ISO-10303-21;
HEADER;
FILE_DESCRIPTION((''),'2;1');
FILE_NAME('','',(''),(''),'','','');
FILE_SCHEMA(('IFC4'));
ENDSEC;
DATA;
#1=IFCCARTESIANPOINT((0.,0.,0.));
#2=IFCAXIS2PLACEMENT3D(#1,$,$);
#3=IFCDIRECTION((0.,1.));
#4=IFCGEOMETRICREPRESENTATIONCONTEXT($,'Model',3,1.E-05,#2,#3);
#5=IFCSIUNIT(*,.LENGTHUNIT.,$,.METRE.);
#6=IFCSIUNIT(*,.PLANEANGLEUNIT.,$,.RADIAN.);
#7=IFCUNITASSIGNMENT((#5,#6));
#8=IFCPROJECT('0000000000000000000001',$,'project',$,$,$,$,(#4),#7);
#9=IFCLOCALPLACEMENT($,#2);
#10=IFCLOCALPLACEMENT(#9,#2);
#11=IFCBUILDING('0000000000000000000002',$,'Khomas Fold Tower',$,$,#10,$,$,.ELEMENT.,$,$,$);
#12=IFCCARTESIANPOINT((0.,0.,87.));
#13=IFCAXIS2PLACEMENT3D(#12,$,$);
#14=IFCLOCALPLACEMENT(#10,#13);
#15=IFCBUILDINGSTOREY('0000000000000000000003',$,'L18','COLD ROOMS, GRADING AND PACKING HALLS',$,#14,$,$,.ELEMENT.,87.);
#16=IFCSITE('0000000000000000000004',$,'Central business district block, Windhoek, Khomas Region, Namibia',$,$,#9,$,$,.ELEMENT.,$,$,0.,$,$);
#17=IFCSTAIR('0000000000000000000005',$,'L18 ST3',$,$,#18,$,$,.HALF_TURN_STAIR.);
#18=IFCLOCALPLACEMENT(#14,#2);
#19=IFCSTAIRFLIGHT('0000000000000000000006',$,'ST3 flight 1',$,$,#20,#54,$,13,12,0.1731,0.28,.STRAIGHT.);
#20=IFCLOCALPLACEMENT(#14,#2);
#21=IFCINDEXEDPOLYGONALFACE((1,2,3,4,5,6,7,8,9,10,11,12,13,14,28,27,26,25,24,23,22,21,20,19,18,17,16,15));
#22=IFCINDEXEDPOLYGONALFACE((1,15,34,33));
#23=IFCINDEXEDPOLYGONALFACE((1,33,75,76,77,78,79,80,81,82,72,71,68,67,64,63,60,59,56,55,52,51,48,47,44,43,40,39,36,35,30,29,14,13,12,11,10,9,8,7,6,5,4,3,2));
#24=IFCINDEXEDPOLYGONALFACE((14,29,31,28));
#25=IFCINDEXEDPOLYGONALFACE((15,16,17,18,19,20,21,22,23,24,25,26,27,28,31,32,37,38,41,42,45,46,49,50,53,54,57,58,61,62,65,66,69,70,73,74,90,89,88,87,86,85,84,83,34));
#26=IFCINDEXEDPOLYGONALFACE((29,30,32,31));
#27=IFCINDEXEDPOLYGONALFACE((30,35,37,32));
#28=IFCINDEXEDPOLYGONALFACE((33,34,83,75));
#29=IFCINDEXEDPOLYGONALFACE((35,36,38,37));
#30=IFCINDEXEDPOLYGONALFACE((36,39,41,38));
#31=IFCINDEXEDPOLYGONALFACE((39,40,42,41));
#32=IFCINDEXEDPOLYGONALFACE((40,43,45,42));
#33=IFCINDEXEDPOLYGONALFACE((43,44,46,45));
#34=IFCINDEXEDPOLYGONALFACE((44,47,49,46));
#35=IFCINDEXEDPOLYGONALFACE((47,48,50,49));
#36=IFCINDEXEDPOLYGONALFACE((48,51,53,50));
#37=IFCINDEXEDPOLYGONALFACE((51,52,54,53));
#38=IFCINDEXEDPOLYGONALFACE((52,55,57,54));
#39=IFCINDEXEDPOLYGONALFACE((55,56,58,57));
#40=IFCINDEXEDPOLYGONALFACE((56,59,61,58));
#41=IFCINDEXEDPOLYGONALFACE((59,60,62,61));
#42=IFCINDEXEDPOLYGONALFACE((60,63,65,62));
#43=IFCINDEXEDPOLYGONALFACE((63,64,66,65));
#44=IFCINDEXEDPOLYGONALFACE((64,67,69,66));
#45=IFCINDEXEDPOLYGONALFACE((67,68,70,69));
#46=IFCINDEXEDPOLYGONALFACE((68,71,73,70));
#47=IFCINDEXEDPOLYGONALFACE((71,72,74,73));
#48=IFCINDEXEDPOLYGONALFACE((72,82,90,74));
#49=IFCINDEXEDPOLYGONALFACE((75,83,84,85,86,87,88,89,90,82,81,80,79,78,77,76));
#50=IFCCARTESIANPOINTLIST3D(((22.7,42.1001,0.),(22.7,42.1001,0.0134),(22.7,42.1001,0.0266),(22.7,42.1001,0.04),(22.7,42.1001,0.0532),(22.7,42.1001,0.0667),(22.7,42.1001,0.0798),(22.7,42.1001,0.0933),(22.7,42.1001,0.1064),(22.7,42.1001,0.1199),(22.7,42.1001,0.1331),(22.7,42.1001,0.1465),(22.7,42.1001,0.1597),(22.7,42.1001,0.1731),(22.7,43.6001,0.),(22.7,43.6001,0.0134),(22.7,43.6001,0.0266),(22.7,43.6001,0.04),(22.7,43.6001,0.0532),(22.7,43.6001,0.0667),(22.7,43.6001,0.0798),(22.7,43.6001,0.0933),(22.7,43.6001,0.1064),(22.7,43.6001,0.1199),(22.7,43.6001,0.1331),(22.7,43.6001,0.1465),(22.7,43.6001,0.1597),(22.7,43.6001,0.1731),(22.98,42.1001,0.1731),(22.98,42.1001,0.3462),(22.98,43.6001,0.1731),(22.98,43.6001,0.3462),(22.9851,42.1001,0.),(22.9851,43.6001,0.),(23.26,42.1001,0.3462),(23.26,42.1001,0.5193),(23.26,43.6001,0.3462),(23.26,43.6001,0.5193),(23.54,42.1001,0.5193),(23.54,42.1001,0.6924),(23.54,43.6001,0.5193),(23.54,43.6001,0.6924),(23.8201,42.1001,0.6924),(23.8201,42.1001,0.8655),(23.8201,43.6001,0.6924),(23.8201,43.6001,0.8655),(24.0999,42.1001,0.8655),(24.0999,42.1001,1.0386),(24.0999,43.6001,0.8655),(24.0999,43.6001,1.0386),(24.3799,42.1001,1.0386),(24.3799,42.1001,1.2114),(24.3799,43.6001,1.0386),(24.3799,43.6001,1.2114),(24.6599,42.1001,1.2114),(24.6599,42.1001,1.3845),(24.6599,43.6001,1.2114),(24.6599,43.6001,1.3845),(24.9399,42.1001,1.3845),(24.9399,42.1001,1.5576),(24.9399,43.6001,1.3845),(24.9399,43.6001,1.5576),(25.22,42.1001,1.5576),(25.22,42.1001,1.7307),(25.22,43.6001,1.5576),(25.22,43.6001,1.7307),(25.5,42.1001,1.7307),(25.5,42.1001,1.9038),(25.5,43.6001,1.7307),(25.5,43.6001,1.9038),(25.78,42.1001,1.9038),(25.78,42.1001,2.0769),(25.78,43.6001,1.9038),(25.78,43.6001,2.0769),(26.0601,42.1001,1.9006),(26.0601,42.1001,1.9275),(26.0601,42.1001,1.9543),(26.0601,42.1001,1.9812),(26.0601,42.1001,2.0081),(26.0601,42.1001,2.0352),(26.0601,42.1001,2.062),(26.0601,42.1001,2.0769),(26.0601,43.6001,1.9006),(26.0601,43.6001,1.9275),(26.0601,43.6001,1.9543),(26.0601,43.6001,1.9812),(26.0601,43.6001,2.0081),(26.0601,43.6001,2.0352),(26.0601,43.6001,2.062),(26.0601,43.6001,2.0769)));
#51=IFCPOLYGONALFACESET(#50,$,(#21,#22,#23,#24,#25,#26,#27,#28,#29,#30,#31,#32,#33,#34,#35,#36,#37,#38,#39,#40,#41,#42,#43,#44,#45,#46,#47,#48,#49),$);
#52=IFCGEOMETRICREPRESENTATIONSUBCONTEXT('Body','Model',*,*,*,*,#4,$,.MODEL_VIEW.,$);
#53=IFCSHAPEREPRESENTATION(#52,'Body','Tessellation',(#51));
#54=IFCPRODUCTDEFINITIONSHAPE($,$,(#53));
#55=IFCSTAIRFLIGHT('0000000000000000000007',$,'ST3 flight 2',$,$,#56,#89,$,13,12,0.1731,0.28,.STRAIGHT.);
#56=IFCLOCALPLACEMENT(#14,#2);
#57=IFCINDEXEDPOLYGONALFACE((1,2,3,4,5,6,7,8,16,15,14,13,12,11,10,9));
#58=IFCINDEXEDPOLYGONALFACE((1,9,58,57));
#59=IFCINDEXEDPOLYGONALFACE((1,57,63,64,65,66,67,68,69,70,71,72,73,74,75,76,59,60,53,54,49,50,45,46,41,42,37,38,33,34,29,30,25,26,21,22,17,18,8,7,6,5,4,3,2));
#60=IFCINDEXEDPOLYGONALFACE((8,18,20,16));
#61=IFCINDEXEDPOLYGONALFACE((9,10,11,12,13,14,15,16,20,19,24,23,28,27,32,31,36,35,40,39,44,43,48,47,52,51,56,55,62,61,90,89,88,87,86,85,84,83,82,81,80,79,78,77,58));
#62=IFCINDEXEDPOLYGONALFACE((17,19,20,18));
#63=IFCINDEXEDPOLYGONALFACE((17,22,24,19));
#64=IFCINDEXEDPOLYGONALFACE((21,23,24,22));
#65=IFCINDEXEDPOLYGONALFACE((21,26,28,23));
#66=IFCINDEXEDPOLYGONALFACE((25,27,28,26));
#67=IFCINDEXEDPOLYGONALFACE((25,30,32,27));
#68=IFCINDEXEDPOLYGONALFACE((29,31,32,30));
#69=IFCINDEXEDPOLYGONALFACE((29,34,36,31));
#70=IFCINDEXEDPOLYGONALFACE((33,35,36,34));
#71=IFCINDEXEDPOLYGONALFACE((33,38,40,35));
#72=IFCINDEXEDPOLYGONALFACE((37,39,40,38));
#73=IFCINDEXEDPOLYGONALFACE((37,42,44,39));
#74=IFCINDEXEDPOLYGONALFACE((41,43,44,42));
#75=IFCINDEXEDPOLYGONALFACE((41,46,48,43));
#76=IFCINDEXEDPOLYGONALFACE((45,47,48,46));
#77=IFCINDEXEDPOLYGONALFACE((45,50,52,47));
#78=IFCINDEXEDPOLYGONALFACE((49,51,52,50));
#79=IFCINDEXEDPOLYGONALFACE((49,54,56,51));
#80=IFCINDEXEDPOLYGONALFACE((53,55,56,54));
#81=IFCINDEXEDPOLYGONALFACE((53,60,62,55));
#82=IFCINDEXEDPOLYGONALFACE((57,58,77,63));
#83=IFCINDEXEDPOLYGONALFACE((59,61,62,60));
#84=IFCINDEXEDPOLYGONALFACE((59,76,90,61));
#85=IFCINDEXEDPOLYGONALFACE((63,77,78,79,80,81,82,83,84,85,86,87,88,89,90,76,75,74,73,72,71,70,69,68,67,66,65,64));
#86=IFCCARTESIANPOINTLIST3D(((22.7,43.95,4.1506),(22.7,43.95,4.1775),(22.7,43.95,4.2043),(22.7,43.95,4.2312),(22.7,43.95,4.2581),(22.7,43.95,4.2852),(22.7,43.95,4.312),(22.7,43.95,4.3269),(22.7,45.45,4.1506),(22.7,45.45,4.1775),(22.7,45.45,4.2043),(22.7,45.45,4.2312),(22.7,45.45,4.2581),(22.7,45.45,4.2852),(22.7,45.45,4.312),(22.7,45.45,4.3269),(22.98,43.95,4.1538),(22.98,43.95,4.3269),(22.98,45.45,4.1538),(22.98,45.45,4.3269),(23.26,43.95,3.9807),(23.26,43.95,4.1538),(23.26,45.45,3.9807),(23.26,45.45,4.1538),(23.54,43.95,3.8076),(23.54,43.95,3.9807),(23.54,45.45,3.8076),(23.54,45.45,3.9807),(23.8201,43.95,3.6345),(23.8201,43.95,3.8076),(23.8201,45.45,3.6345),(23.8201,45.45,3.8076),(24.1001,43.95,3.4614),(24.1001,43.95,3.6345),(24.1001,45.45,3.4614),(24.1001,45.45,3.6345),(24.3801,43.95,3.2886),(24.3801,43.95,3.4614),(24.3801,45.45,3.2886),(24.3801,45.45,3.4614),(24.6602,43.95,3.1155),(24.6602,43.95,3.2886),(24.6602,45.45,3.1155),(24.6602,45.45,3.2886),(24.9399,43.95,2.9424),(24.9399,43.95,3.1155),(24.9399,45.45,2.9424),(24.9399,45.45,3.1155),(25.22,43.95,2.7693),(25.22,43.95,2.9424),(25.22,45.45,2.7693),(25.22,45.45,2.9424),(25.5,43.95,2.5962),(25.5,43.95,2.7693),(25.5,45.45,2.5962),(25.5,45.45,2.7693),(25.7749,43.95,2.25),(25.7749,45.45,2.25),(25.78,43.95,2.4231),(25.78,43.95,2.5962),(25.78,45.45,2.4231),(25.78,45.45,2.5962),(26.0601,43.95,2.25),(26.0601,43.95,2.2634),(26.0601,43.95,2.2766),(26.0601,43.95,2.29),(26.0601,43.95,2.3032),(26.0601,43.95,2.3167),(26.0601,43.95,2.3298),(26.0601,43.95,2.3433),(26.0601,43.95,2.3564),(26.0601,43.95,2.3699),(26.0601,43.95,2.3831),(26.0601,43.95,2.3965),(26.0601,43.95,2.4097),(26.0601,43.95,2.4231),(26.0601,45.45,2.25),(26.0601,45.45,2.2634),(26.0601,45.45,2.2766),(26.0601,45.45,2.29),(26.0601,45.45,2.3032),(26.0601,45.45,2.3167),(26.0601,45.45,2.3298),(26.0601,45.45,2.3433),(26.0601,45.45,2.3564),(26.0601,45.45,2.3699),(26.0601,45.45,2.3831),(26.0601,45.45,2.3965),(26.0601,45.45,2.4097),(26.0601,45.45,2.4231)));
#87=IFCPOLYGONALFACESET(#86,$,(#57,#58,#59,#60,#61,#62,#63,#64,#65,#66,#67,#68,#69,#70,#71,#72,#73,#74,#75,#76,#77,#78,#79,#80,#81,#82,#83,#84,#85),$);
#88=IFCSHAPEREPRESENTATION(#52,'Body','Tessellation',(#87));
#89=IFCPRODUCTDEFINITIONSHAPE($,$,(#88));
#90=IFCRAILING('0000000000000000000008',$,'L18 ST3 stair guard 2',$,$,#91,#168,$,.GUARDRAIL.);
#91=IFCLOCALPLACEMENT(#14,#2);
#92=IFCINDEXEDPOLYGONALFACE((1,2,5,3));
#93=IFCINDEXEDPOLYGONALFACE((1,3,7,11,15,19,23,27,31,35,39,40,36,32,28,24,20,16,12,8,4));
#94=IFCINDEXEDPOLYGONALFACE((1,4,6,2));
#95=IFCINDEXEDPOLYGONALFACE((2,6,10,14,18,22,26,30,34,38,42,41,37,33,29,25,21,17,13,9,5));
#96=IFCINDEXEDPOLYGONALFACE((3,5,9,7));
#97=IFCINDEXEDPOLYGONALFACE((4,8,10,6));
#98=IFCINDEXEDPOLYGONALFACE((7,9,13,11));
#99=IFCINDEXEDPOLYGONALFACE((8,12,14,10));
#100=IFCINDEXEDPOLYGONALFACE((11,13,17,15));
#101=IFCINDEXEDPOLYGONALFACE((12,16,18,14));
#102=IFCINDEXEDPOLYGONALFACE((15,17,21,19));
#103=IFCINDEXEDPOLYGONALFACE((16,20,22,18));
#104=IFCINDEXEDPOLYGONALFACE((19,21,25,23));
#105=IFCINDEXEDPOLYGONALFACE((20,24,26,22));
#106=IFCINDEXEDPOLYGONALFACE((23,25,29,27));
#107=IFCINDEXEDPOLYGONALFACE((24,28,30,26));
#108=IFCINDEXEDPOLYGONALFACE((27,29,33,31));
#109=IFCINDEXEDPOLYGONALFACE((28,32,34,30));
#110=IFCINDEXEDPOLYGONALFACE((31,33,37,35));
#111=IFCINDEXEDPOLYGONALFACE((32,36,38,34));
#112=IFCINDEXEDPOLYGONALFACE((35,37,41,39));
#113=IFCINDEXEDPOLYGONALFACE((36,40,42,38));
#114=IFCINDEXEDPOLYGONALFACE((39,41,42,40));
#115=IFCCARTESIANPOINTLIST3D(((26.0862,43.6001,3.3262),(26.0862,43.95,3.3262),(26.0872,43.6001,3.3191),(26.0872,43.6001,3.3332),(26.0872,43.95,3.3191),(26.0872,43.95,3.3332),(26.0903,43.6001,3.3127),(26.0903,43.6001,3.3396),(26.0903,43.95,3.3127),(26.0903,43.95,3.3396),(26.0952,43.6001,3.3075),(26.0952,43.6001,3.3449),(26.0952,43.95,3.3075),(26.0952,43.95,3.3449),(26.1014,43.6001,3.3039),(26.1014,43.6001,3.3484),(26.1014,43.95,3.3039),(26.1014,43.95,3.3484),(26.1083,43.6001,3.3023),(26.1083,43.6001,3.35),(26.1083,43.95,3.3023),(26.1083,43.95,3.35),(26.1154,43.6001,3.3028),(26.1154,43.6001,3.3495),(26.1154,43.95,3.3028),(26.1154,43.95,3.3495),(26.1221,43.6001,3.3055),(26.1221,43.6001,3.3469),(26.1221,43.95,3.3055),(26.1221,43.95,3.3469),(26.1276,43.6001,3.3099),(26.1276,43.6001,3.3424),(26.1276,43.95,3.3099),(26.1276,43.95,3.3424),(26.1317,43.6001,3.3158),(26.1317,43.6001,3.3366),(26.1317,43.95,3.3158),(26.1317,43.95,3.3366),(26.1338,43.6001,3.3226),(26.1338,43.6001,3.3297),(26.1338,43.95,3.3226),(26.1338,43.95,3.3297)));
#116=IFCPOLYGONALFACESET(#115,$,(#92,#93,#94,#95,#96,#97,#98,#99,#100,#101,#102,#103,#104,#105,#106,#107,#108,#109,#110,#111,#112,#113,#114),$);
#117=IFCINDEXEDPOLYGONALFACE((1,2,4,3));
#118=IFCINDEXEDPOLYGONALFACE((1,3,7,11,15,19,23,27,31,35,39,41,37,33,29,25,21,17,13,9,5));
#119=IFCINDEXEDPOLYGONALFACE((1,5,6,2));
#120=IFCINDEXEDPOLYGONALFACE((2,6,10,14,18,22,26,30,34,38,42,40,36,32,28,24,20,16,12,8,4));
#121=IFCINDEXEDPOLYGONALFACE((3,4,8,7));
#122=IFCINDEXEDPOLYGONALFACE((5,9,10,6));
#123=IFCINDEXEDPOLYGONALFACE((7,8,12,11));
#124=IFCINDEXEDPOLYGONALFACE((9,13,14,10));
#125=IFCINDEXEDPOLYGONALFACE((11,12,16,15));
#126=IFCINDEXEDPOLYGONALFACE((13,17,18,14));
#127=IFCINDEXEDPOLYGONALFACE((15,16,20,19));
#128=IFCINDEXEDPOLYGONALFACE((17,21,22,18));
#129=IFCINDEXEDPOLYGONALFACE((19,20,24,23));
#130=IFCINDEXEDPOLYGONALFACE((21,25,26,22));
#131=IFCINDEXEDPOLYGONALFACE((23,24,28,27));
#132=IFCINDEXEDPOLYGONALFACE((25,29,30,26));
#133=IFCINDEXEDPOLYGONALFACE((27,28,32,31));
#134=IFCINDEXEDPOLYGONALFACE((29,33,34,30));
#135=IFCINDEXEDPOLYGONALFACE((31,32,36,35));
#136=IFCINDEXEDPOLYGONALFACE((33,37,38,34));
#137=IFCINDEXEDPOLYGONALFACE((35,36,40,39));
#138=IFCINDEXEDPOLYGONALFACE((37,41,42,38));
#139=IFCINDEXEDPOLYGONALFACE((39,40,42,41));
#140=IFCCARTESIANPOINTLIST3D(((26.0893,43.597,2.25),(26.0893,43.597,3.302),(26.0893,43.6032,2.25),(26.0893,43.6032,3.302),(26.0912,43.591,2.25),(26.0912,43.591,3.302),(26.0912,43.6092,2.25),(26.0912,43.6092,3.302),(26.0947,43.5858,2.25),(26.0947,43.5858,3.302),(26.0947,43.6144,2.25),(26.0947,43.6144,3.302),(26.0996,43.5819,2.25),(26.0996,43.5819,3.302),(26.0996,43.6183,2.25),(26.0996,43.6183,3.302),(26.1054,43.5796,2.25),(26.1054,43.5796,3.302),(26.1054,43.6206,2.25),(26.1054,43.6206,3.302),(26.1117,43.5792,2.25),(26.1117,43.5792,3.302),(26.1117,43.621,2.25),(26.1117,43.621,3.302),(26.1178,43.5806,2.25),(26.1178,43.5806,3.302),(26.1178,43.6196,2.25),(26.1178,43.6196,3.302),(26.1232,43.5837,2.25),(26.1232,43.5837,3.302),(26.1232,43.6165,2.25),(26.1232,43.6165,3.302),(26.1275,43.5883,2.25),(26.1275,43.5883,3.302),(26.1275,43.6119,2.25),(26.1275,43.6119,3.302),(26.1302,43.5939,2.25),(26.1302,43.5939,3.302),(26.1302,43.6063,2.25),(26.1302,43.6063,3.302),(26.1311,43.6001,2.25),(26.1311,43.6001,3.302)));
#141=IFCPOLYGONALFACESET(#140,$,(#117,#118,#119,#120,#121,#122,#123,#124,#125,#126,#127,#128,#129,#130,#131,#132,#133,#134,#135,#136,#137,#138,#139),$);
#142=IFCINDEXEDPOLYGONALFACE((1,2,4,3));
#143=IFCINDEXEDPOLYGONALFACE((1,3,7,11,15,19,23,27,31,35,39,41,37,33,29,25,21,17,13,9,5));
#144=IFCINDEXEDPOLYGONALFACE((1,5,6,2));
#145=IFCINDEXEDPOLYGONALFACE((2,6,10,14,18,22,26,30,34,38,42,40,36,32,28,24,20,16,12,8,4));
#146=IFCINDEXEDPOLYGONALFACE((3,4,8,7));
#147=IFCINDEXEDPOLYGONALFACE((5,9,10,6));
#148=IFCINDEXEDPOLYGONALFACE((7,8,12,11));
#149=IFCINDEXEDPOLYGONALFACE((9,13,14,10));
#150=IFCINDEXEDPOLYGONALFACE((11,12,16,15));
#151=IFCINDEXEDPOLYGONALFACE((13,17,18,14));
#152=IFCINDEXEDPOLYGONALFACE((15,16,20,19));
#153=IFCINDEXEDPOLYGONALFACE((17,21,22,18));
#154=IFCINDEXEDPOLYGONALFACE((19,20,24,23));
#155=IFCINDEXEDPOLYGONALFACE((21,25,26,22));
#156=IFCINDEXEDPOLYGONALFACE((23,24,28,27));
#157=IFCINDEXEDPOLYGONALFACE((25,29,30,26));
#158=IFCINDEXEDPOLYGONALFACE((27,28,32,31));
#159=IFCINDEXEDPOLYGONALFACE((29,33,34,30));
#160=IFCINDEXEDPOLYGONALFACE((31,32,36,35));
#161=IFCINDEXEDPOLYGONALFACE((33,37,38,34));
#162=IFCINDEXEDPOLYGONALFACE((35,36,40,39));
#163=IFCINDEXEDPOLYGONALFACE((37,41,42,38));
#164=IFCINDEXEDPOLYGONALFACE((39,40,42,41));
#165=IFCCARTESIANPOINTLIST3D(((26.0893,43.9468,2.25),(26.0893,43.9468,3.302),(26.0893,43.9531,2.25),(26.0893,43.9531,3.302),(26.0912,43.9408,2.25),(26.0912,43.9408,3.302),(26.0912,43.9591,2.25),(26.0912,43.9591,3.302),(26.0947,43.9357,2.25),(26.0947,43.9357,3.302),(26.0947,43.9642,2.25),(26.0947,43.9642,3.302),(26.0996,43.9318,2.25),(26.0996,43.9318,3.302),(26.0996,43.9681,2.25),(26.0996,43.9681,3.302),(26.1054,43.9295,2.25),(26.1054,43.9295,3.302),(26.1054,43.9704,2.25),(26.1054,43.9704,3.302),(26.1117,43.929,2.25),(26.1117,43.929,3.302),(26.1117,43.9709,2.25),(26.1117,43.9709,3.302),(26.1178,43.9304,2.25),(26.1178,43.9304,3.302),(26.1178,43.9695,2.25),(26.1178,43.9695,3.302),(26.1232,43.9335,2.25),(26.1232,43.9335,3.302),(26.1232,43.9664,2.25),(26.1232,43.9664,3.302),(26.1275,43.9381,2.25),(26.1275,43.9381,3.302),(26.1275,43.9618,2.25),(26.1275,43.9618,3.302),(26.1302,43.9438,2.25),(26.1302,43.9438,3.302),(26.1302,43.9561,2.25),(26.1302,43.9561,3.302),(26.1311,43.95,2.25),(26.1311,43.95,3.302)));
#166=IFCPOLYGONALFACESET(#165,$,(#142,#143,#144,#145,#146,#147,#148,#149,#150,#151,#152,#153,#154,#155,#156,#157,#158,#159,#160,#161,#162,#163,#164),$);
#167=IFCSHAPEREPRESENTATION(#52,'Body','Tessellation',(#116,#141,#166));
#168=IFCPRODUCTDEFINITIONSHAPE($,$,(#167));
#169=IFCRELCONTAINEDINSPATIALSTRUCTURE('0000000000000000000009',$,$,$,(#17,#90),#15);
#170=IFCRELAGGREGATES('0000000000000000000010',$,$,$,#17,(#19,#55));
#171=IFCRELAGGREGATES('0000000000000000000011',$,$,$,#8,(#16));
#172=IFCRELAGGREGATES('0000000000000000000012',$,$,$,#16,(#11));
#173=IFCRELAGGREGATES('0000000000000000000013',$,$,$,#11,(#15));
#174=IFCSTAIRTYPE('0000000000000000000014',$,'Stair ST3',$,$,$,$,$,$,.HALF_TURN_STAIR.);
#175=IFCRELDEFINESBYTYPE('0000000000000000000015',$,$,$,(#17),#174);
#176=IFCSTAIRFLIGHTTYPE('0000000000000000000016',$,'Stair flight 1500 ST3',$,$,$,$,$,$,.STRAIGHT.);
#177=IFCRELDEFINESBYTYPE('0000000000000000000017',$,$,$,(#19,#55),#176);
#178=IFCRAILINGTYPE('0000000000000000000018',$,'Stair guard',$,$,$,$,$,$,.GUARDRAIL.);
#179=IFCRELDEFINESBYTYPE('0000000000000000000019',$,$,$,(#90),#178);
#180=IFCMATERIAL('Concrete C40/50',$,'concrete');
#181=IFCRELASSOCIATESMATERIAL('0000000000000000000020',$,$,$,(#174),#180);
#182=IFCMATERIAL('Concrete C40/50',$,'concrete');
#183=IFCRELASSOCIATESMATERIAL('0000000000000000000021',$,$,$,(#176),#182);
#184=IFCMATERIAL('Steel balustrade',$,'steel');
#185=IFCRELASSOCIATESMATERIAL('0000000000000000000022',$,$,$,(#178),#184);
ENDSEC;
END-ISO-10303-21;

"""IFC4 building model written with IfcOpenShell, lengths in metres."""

from ifc_helpers import new_model, si_unit, direction, frame, origin, origin_2d, place, context, subcontext, project, spatial, polyline, circle, outline, extrude, source, transform, mapped, material, type_object, element, aggregate, save


model = new_model("IFC4")

# Units and contexts
model_context = context("Model", 3, precision=1e-05, world=origin(), true_north=direction((0.0, 1.0)))
body_context = subcontext(model_context, "Body", "Model", "MODEL_VIEW")
ifc_project = project(units=[si_unit("LENGTHUNIT", "METRE"), si_unit("PLANEANGLEUNIT", "RADIAN")], contexts=[model_context])

# Site, building, storey
site_placement = place(None, origin())
site = spatial("IfcSite", under=ifc_project, at=site_placement, Name="Central business district block, Windhoek, Khomas Region, Namibia", CompositionType="ELEMENT", RefElevation=0.0)
building_placement = place(site_placement, origin())
building = spatial("IfcBuilding", under=site, at=building_placement, Name="Khomas Fold Tower", CompositionType="ELEMENT")
storey_placement = place(building_placement, frame((0.0, 0.0, 87.0)))
storey = spatial("IfcBuildingStorey", under=building, at=storey_placement, Name="L18", Description="COLD ROOMS, GRADING AND PACKING HALLS", CompositionType="ELEMENT", Elevation=87.0)

# Stair, stair flights
ifc_material_1 = material(Name="Concrete C40/50", Category="concrete")
stair_type = type_object("IfcStairType", Name="Stair ST3", PredefinedType="HALF_TURN_STAIR", material=ifc_material_1)
stair_placement = place(storey_placement, origin())
stair = element("IfcStair", 1, at=stair_placement, inside=storey, type_object=stair_type, Name="L18 ST3", PredefinedType="HALF_TURN_STAIR")
ifc_material_2 = material(Name="Concrete C40/50", Category="concrete")
stair_flight_type = type_object("IfcStairFlightType", Name="Stair flight 1500 ST3", PredefinedType="STRAIGHT", material=ifc_material_2)
shared_shape_1 = source(origin(), body_context, "Body", "SweptSolid", [
    extrude(outline(polyline([(0.0, 0.0), (0.0, 0.0134), (0.0, 0.0266), (0.0, 0.04), (0.0, 0.0532), (0.0, 0.0667), (0.0, 0.0798), (0.0, 0.0933), (0.0, 0.1064), (0.0, 0.1199), (0.0, 0.1331), (0.0, 0.1465), (0.0, 0.1597), (0.0, 0.1731), (0.28, 0.1731), (0.28, 0.3462), (0.5601, 0.3462), (0.5601, 0.5193), (0.8401, 0.5193), (0.8401, 0.6924), (1.1201, 0.6924), (1.1201, 0.8655), (1.3999, 0.8655), (1.3999, 1.0386), (1.6799, 1.0386), (1.6799, 1.2114), (1.96, 1.2114), (1.96, 1.3845), (2.24, 1.3845), (2.24, 1.5576), (2.52, 1.5576), (2.52, 1.7307), (2.8, 1.7307), (2.8, 1.9038), (3.0801, 1.9038), (3.0801, 2.0769), (3.3601, 2.0769), (3.3601, 2.25), (3.3601, 2.2231), (3.3601, 2.1963), (3.3601, 2.1694), (3.3601, 2.1426), (3.3601, 2.1157), (3.3601, 2.0889), (3.3601, 2.062), (3.3601, 2.0352), (3.3601, 2.0081), (3.3601, 1.9812), (3.3601, 1.9543), (3.3601, 1.9275), (3.3601, 1.9006), (0.2852, 0.0), (0.0, 0.0)])), frame((0.0, 0.75, 0.0), z_axis=(0.0, -1.0, 0.0), x_axis=(1.0, 0.0, 0.0)), (0.0, 0.0, 1.0), 1.5),
])
stair_flight_1_placement = place(storey_placement, frame((22.7, 42.8501, 0.0), z_axis=(0.0, 0.0, 1.0), x_axis=(1.0, 0.0, 0.0)))
stair_flight_1 = element("IfcStairFlight", 2, at=stair_flight_1_placement, type_object=stair_flight_type, Name="ST3 flight 1", NumberOfRisers=13, NumberOfTreads=12, PredefinedType="STRAIGHT", RiserHeight=0.1731, TreadLength=0.28, context=body_context, shape_type="MappedRepresentation", body=[
    mapped(shared_shape_1, transform((0.0, 0.0, 0.0))),
])
stair_flight_2_placement = place(storey_placement, frame((26.0601, 44.7, 2.25), z_axis=(0.0, 0.0, 1.0), x_axis=(-1.0, 0.0, 0.0)))
stair_flight_2 = element("IfcStairFlight", 3, at=stair_flight_2_placement, type_object=stair_flight_type, Name="ST3 flight 2", NumberOfRisers=13, NumberOfTreads=12, PredefinedType="STRAIGHT", RiserHeight=0.1731, TreadLength=0.28, context=body_context, shape_type="MappedRepresentation", body=[
    mapped(shared_shape_1, transform((0.0, 0.0, 0.0))),
])
aggregate(stair, [stair_flight_1, stair_flight_2])

# Railing
ifc_material_3 = material(Name="Steel balustrade", Category="steel")
railing_type_1 = type_object("IfcRailingType", Name="Stair guard", PredefinedType="GUARDRAIL", material=ifc_material_3)
shared_shape_2 = source(origin(), body_context, "Body", "SweptSolid", [
    extrude(circle(Radius=0.0239, at=origin_2d()), frame((0.0, 0.0, 1.0762), z_axis=(0.0, 1.0, 0.0), x_axis=(-1.0, 0.0, 0.0)), (0.0, 0.0, 1.0), 0.3499),
    extrude(circle(Radius=0.021, at=origin_2d()), origin(), (0.0, 0.0, 1.0), 1.052),
    extrude(circle(Radius=0.021, at=origin_2d()), frame((0.0, 0.3499, 0.0)), (0.0, 0.0, 1.0), 1.052),
])
for number, where, name in (
    (4, (26.1101, 43.6001, 2.25), "L18 ST3 stair guard 2"),
):
    element("IfcRailing", number, at=place(storey_placement, frame(where)), inside=storey, type_object=railing_type_1, Name=name, PredefinedType="GUARDRAIL", context=body_context, shape_type="MappedRepresentation", body=[
        mapped(shared_shape_2, transform((0.0, 0.0, 0.0))),
    ])

save(model, "model.ifc")
